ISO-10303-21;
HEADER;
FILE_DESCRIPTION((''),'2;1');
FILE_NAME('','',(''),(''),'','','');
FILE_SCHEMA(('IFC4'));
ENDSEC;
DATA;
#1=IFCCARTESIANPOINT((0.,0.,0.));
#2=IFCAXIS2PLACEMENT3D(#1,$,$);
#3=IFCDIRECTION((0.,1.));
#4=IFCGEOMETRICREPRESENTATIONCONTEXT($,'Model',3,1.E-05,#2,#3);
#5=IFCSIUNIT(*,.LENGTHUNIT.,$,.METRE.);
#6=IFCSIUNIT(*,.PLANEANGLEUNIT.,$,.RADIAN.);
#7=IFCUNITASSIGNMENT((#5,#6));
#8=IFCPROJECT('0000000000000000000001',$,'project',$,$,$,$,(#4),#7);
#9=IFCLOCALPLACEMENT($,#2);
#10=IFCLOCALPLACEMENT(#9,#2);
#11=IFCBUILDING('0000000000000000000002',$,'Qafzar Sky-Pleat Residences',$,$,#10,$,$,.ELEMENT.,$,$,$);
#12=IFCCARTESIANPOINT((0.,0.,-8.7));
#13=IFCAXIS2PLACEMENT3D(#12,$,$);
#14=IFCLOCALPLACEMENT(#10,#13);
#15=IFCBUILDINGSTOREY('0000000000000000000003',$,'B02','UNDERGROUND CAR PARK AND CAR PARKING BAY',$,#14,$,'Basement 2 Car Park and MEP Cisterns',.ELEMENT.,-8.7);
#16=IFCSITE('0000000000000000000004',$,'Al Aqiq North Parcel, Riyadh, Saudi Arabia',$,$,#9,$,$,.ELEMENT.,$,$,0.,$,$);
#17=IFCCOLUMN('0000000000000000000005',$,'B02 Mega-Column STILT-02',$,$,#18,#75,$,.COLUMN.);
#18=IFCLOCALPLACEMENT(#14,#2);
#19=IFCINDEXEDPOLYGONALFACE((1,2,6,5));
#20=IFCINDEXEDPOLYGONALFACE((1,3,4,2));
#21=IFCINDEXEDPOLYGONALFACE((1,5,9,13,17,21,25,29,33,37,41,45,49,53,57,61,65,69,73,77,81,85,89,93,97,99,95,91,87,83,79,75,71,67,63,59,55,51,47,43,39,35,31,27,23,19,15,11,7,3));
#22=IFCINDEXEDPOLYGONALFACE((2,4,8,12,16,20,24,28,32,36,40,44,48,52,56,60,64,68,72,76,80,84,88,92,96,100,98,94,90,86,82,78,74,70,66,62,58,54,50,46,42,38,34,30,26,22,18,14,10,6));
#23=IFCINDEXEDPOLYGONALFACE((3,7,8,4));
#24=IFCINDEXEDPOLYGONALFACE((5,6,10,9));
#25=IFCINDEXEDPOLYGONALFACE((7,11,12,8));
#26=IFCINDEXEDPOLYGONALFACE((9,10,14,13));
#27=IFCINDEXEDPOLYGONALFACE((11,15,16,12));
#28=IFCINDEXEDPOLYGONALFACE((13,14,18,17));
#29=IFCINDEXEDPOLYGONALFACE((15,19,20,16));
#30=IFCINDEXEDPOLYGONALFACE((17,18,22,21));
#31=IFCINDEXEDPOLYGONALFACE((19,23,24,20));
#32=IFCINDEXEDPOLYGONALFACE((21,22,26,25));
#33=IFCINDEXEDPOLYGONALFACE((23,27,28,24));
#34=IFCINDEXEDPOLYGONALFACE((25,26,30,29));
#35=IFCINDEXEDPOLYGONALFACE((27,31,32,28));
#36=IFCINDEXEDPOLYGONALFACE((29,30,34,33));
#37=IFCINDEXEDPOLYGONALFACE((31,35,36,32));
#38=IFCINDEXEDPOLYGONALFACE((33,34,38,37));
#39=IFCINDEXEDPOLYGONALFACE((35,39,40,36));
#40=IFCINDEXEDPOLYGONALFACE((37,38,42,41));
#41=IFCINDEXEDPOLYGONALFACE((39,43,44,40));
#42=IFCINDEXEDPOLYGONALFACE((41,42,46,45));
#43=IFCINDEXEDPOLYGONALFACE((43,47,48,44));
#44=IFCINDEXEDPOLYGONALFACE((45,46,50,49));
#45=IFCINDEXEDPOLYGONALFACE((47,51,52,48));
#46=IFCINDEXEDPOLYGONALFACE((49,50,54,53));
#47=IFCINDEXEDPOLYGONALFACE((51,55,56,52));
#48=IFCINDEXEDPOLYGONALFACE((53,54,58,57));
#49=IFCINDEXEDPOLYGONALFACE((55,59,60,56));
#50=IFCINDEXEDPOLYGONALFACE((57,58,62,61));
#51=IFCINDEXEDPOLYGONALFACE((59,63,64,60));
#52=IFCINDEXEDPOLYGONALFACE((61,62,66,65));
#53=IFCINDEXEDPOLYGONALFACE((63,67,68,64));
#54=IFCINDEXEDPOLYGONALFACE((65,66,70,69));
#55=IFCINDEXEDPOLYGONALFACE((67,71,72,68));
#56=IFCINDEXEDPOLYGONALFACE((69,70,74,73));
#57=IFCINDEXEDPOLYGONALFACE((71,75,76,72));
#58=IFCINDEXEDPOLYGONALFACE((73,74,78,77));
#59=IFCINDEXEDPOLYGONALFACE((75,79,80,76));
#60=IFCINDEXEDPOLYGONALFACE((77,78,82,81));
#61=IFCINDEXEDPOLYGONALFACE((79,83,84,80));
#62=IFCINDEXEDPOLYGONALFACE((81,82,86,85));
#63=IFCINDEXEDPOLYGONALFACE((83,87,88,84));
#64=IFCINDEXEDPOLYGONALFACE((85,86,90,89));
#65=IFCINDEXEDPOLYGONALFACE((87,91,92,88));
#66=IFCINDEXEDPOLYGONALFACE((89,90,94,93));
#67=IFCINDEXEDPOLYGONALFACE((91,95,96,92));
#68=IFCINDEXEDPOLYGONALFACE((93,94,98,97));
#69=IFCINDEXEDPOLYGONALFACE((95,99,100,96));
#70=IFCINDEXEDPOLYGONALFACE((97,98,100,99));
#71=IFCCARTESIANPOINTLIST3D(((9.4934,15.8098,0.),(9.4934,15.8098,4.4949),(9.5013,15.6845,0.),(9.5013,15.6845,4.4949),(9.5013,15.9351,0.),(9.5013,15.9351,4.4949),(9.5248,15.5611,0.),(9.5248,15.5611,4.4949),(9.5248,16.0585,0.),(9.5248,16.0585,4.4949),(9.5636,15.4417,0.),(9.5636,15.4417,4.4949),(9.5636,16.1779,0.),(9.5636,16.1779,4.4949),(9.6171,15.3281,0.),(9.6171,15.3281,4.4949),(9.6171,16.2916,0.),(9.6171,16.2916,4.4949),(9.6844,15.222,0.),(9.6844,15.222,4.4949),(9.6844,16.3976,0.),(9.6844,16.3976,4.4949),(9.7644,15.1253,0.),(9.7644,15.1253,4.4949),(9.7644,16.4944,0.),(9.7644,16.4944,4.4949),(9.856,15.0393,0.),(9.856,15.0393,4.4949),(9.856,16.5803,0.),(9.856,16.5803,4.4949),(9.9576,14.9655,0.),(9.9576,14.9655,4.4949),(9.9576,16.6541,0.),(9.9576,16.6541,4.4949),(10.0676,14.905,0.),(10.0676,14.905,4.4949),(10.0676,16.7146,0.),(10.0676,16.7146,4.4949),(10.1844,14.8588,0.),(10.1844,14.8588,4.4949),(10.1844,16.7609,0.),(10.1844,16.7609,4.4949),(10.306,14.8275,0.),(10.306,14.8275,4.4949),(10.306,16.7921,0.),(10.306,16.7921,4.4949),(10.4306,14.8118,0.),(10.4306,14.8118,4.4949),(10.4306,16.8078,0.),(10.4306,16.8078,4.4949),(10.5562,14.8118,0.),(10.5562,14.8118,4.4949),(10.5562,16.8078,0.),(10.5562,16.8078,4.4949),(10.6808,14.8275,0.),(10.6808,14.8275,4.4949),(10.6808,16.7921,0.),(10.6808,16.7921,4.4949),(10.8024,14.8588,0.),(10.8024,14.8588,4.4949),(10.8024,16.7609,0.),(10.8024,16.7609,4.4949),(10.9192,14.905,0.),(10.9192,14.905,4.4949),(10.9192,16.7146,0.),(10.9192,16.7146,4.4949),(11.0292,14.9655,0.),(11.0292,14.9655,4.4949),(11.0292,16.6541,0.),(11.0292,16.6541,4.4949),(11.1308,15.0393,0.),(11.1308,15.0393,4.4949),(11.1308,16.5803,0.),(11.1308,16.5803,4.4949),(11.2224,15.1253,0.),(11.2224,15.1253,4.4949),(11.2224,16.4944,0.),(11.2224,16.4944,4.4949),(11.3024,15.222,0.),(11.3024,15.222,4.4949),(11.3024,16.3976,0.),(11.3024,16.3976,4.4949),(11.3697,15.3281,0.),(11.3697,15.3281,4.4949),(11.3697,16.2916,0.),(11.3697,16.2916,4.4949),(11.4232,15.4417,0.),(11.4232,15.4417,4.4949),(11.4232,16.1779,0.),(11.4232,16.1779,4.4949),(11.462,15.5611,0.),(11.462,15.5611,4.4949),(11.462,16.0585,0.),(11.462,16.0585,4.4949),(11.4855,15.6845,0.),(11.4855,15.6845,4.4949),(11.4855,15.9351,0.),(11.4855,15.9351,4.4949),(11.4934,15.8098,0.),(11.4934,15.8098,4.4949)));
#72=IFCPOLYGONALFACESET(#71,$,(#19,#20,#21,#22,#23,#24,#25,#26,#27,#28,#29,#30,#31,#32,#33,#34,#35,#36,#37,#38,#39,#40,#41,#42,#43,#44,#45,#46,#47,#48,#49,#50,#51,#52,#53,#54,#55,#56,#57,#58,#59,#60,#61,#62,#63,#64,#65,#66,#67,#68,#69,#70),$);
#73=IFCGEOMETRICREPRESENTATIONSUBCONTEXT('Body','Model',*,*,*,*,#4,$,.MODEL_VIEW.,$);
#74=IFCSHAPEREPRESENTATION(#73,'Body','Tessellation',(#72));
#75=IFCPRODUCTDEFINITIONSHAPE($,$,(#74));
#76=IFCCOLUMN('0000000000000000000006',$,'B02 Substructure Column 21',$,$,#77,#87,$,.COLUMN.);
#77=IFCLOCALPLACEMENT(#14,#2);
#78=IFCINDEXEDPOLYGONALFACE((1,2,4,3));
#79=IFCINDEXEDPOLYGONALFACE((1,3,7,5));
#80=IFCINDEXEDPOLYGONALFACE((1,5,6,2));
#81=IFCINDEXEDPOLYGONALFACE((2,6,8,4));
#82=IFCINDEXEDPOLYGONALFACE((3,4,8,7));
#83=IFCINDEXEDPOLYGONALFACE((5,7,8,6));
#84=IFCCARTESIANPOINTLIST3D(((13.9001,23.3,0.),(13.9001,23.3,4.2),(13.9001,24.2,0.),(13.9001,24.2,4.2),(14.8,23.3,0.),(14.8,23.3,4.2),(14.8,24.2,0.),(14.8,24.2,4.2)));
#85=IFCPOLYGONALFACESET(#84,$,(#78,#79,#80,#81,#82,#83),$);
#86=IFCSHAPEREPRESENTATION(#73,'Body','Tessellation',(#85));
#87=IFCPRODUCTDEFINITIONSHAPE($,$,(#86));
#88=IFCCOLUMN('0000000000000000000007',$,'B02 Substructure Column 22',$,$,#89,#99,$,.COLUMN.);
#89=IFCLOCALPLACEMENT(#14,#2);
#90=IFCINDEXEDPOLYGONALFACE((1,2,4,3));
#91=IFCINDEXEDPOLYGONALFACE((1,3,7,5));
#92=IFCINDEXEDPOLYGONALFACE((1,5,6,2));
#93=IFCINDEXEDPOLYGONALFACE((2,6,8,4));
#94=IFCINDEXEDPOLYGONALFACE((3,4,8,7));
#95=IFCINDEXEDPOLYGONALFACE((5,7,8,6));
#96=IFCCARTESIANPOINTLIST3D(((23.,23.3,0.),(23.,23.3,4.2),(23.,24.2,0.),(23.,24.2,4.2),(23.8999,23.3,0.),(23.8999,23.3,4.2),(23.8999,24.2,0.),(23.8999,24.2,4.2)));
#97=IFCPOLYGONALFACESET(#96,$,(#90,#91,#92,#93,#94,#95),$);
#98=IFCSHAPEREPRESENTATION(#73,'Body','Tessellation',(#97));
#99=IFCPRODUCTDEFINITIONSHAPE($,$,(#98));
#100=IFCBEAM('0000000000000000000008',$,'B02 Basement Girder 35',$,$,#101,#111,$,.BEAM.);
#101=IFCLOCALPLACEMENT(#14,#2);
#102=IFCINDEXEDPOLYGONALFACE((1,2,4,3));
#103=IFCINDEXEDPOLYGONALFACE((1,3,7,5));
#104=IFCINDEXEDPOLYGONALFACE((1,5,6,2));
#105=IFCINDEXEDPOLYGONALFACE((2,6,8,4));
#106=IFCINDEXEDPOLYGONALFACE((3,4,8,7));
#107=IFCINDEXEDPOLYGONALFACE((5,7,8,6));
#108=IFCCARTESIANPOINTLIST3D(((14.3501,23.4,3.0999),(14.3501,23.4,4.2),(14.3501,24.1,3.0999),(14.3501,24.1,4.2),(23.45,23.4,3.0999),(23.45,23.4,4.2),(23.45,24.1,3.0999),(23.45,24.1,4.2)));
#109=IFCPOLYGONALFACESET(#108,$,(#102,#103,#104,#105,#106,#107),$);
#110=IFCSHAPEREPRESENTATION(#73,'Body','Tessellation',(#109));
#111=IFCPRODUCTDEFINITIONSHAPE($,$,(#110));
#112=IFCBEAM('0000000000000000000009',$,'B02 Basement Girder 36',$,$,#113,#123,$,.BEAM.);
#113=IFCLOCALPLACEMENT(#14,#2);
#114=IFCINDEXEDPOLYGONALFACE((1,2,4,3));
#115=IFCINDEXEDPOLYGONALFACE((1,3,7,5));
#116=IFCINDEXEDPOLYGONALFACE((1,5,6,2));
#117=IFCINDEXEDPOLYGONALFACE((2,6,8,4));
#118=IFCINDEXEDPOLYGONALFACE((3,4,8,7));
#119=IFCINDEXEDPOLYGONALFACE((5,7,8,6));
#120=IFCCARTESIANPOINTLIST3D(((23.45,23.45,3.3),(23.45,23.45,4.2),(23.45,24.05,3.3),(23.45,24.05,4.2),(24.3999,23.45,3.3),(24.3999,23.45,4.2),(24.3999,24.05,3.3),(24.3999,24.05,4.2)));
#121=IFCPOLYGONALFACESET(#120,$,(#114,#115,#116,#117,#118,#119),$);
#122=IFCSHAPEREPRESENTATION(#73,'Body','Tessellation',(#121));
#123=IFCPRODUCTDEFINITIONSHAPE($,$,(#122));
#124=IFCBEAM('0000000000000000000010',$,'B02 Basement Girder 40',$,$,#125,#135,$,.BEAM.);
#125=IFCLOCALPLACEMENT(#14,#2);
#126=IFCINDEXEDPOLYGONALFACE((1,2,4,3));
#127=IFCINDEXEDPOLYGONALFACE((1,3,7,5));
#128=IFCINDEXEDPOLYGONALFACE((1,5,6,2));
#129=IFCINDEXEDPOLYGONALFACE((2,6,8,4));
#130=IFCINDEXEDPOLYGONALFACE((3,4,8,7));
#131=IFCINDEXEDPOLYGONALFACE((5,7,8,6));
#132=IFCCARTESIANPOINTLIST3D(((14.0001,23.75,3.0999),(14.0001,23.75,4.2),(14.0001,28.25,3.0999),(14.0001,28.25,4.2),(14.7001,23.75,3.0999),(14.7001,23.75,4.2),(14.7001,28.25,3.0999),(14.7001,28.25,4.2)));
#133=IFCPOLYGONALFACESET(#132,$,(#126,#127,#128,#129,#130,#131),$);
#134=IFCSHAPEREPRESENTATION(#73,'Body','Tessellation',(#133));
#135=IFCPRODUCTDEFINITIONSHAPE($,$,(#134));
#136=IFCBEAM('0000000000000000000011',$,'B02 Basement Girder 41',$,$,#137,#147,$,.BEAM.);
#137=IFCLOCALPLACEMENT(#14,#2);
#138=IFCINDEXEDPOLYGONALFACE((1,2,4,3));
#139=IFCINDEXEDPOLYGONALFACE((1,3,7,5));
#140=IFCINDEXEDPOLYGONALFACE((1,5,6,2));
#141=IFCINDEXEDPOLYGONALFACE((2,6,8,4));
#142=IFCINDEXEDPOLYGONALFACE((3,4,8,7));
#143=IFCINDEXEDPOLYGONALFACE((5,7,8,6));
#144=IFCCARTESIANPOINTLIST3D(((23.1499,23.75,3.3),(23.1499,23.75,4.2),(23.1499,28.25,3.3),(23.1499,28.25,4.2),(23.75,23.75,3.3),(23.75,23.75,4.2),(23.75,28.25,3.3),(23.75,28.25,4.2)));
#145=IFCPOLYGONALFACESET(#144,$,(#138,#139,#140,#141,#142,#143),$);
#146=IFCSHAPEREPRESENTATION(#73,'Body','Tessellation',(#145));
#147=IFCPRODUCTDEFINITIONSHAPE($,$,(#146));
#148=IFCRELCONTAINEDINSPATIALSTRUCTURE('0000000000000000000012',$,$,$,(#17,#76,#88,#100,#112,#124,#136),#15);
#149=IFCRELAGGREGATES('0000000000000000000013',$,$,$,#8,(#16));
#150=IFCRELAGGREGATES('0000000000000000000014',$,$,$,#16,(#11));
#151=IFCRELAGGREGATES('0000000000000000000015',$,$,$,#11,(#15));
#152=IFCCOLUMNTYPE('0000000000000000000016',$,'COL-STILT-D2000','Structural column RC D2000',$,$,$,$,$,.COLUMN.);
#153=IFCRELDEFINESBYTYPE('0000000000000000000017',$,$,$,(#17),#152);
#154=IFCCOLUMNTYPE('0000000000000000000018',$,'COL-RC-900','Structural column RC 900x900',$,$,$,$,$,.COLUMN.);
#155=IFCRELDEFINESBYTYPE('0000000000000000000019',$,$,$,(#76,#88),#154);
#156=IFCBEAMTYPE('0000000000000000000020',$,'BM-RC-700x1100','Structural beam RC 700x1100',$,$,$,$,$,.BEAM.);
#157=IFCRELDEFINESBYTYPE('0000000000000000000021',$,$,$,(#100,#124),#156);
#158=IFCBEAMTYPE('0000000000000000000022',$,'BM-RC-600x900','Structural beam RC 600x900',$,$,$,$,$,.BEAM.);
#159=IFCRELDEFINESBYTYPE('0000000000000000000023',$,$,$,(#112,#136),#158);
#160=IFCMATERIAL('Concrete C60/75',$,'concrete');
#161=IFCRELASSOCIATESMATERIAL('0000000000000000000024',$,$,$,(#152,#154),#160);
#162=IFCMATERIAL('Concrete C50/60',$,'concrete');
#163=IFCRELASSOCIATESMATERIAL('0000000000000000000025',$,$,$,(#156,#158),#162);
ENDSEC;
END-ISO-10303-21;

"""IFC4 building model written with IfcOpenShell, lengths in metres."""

from ifc_helpers import new_model, si_unit, direction, frame, origin, origin_2d, place, context, subcontext, project, spatial, rectangle, circle, extrude, source, transform, mapped, material, material_profile, profile_set, type_object, element, save


model = new_model("IFC4")

# Units and contexts
model_context = context("Model", 3, precision=1e-05, world=origin(), true_north=direction((0.0, 1.0)))
body_context = subcontext(model_context, "Body", "Model", "MODEL_VIEW")
ifc_project = project(units=[si_unit("LENGTHUNIT", "METRE"), si_unit("PLANEANGLEUNIT", "RADIAN")], contexts=[model_context])

# Site, building, storey
site_placement = place(None, origin())
site = spatial("IfcSite", under=ifc_project, at=site_placement, Name="Al Aqiq North Parcel, Riyadh, Saudi Arabia", CompositionType="ELEMENT", RefElevation=0.0)
building_placement = place(site_placement, origin())
building = spatial("IfcBuilding", under=site, at=building_placement, Name="Qafzar Sky-Pleat Residences", CompositionType="ELEMENT")
storey_placement = place(building_placement, frame((0.0, 0.0, -8.7)))
storey = spatial("IfcBuildingStorey", under=building, at=storey_placement, Name="B02", Description="UNDERGROUND CAR PARK AND CAR PARKING BAY", LongName="Basement 2 Car Park and MEP Cisterns", CompositionType="ELEMENT", Elevation=-8.7)

# Shared definitions
ifc_material_1 = material(Name="Concrete C50/60", Category="concrete")

# Columns
ifc_material_2 = material(Name="Concrete C60/75", Category="concrete")
ifc_material_profile_1 = material_profile(ifc_material_2, circle(Radius=1.0, at=origin_2d()), Name="RC D2000")
ifc_profile_set_1 = profile_set([ifc_material_profile_1], Name="Concrete C60/75")
column_type_1 = type_object("IfcColumnType", Name="COL-STILT-D2000", Description="Structural column RC D2000", PredefinedType="COLUMN", material=ifc_profile_set_1)
shared_shape_1 = source(origin(), body_context, "Body", "SweptSolid", [
    extrude(circle(Radius=1.0, at=origin_2d()), origin(), (0.0, 0.0, 1.0), 4.4949),
])
column_placement = place(storey_placement, frame((10.4934, 15.8098, 0.0), z_axis=(0.0, 0.0, 1.0), x_axis=(1.0, 0.0, 0.0)))
element("IfcColumn", 1, at=column_placement, inside=storey, type_object=column_type_1, Name="B02 Mega-Column STILT-02", PredefinedType="COLUMN", context=body_context, shape_type="MappedRepresentation", body=[
    mapped(shared_shape_1, transform((0.0, 0.0, 0.0), x_axis=(1.0, 0.0, 0.0), y_axis=(0.0, 1.0, 0.0), z_axis=(0.0, 0.0, 1.0), scale=1.0)),
])
ifc_material_profile_2 = material_profile(ifc_material_2, rectangle(XDim=0.8999, YDim=0.8999, at=origin_2d()), Name="RC 900x900")
ifc_profile_set_2 = profile_set([ifc_material_profile_2], Name="Concrete C60/75")
column_type_2 = type_object("IfcColumnType", Name="COL-RC-900", Description="Structural column RC 900x900", PredefinedType="COLUMN", material=ifc_profile_set_2)
shared_shape_2 = source(origin(), body_context, "Body", "SweptSolid", [
    extrude(rectangle(XDim=0.8999, YDim=0.8999, at=origin_2d()), origin(), (0.0, 0.0, 1.0), 4.2),
])
for number, where, z_axis, x_axis, name in (
    (2, (14.3501, 23.75, 0.0), (0.0, 0.0, 1.0), (1.0, 0.0, 0.0), "B02 Substructure Column 21"),
    (3, (23.45, 23.75, 0.0), (0.0, 0.0, 1.0), (1.0, 0.0, 0.0), "B02 Substructure Column 22"),
):
    element("IfcColumn", number, at=place(storey_placement, frame(where, z_axis=z_axis, x_axis=x_axis)), inside=storey, type_object=column_type_2, Name=name, PredefinedType="COLUMN", context=body_context, shape_type="MappedRepresentation", body=[
        mapped(shared_shape_2, transform((0.0, 0.0, 0.0), x_axis=(1.0, 0.0, 0.0), y_axis=(0.0, 1.0, 0.0), z_axis=(0.0, 0.0, 1.0), scale=1.0)),
    ])

# Beams
ifc_material_profile_3 = material_profile(ifc_material_1, rectangle(XDim=0.7, YDim=1.1001, at=origin_2d()), Name="RC 700x1100")
ifc_profile_set_3 = profile_set([ifc_material_profile_3], Name="Concrete C50/60")
beam_type_1 = type_object("IfcBeamType", Name="BM-RC-700x1100", Description="Structural beam RC 700x1100", PredefinedType="BEAM", material=ifc_profile_set_3)
shared_shape_3 = source(origin(), body_context, "Body", "SweptSolid", [
    extrude(rectangle(XDim=0.7, YDim=1.1001, at=origin_2d()), origin(), (0.0, 0.0, 1.0), 9.0999),
])
beam_1_placement = place(storey_placement, frame((14.3501, 23.75, 3.6499), z_axis=(1.0, 0.0, 0.0), x_axis=(0.0, 1.0, 0.0)))
element("IfcBeam", 4, at=beam_1_placement, inside=storey, type_object=beam_type_1, Name="B02 Basement Girder 35", PredefinedType="BEAM", context=body_context, shape_type="MappedRepresentation", body=[
    mapped(shared_shape_3, transform((0.0, 0.0, 0.0), x_axis=(1.0, 0.0, 0.0), y_axis=(0.0, 1.0, 0.0), z_axis=(0.0, 0.0, 1.0), scale=1.0)),
])
ifc_material_profile_4 = material_profile(ifc_material_1, rectangle(XDim=0.6001, YDim=0.8999, at=origin_2d()), Name="RC 600x900")
ifc_profile_set_4 = profile_set([ifc_material_profile_4], Name="Concrete C50/60")
beam_type_2 = type_object("IfcBeamType", Name="BM-RC-600x900", Description="Structural beam RC 600x900", PredefinedType="BEAM", material=ifc_profile_set_4)
shared_shape_4 = source(origin(), body_context, "Body", "SweptSolid", [
    extrude(rectangle(XDim=0.6001, YDim=0.8999, at=origin_2d()), origin(), (0.0, 0.0, 1.0), 0.95),
])
beam_2_placement = place(storey_placement, frame((23.45, 23.75, 3.75), z_axis=(1.0, 0.0, 0.0), x_axis=(0.0, 1.0, 0.0)))
element("IfcBeam", 5, at=beam_2_placement, inside=storey, type_object=beam_type_2, Name="B02 Basement Girder 36", PredefinedType="BEAM", context=body_context, shape_type="MappedRepresentation", body=[
    mapped(shared_shape_4, transform((0.0, 0.0, 0.0), x_axis=(1.0, 0.0, 0.0), y_axis=(0.0, 1.0, 0.0), z_axis=(0.0, 0.0, 1.0), scale=1.0)),
])
shared_shape_5 = source(origin(), body_context, "Body", "SweptSolid", [
    extrude(rectangle(XDim=0.7, YDim=1.1001, at=origin_2d()), origin(), (0.0, 0.0, 1.0), 4.5),
])
beam_3_placement = place(storey_placement, frame((14.3501, 23.75, 3.6499), z_axis=(0.0, 1.0, 0.0), x_axis=(-1.0, 0.0, 0.0)))
element("IfcBeam", 6, at=beam_3_placement, inside=storey, type_object=beam_type_1, Name="B02 Basement Girder 40", PredefinedType="BEAM", context=body_context, shape_type="MappedRepresentation", body=[
    mapped(shared_shape_5, transform((0.0, 0.0, 0.0), x_axis=(1.0, 0.0, 0.0), y_axis=(0.0, 1.0, 0.0), z_axis=(0.0, 0.0, 1.0), scale=1.0)),
])
shared_shape_6 = source(origin(), body_context, "Body", "SweptSolid", [
    extrude(rectangle(XDim=0.6001, YDim=0.8999, at=origin_2d()), origin(), (0.0, 0.0, 1.0), 4.5),
])
beam_4_placement = place(storey_placement, frame((23.45, 23.75, 3.75), z_axis=(0.0, 1.0, 0.0), x_axis=(-1.0, 0.0, 0.0)))
element("IfcBeam", 7, at=beam_4_placement, inside=storey, type_object=beam_type_2, Name="B02 Basement Girder 41", PredefinedType="BEAM", context=body_context, shape_type="MappedRepresentation", body=[
    mapped(shared_shape_6, transform((0.0, 0.0, 0.0), x_axis=(1.0, 0.0, 0.0), y_axis=(0.0, 1.0, 0.0), z_axis=(0.0, 0.0, 1.0), scale=1.0)),
])

save(model, "model.ifc")
